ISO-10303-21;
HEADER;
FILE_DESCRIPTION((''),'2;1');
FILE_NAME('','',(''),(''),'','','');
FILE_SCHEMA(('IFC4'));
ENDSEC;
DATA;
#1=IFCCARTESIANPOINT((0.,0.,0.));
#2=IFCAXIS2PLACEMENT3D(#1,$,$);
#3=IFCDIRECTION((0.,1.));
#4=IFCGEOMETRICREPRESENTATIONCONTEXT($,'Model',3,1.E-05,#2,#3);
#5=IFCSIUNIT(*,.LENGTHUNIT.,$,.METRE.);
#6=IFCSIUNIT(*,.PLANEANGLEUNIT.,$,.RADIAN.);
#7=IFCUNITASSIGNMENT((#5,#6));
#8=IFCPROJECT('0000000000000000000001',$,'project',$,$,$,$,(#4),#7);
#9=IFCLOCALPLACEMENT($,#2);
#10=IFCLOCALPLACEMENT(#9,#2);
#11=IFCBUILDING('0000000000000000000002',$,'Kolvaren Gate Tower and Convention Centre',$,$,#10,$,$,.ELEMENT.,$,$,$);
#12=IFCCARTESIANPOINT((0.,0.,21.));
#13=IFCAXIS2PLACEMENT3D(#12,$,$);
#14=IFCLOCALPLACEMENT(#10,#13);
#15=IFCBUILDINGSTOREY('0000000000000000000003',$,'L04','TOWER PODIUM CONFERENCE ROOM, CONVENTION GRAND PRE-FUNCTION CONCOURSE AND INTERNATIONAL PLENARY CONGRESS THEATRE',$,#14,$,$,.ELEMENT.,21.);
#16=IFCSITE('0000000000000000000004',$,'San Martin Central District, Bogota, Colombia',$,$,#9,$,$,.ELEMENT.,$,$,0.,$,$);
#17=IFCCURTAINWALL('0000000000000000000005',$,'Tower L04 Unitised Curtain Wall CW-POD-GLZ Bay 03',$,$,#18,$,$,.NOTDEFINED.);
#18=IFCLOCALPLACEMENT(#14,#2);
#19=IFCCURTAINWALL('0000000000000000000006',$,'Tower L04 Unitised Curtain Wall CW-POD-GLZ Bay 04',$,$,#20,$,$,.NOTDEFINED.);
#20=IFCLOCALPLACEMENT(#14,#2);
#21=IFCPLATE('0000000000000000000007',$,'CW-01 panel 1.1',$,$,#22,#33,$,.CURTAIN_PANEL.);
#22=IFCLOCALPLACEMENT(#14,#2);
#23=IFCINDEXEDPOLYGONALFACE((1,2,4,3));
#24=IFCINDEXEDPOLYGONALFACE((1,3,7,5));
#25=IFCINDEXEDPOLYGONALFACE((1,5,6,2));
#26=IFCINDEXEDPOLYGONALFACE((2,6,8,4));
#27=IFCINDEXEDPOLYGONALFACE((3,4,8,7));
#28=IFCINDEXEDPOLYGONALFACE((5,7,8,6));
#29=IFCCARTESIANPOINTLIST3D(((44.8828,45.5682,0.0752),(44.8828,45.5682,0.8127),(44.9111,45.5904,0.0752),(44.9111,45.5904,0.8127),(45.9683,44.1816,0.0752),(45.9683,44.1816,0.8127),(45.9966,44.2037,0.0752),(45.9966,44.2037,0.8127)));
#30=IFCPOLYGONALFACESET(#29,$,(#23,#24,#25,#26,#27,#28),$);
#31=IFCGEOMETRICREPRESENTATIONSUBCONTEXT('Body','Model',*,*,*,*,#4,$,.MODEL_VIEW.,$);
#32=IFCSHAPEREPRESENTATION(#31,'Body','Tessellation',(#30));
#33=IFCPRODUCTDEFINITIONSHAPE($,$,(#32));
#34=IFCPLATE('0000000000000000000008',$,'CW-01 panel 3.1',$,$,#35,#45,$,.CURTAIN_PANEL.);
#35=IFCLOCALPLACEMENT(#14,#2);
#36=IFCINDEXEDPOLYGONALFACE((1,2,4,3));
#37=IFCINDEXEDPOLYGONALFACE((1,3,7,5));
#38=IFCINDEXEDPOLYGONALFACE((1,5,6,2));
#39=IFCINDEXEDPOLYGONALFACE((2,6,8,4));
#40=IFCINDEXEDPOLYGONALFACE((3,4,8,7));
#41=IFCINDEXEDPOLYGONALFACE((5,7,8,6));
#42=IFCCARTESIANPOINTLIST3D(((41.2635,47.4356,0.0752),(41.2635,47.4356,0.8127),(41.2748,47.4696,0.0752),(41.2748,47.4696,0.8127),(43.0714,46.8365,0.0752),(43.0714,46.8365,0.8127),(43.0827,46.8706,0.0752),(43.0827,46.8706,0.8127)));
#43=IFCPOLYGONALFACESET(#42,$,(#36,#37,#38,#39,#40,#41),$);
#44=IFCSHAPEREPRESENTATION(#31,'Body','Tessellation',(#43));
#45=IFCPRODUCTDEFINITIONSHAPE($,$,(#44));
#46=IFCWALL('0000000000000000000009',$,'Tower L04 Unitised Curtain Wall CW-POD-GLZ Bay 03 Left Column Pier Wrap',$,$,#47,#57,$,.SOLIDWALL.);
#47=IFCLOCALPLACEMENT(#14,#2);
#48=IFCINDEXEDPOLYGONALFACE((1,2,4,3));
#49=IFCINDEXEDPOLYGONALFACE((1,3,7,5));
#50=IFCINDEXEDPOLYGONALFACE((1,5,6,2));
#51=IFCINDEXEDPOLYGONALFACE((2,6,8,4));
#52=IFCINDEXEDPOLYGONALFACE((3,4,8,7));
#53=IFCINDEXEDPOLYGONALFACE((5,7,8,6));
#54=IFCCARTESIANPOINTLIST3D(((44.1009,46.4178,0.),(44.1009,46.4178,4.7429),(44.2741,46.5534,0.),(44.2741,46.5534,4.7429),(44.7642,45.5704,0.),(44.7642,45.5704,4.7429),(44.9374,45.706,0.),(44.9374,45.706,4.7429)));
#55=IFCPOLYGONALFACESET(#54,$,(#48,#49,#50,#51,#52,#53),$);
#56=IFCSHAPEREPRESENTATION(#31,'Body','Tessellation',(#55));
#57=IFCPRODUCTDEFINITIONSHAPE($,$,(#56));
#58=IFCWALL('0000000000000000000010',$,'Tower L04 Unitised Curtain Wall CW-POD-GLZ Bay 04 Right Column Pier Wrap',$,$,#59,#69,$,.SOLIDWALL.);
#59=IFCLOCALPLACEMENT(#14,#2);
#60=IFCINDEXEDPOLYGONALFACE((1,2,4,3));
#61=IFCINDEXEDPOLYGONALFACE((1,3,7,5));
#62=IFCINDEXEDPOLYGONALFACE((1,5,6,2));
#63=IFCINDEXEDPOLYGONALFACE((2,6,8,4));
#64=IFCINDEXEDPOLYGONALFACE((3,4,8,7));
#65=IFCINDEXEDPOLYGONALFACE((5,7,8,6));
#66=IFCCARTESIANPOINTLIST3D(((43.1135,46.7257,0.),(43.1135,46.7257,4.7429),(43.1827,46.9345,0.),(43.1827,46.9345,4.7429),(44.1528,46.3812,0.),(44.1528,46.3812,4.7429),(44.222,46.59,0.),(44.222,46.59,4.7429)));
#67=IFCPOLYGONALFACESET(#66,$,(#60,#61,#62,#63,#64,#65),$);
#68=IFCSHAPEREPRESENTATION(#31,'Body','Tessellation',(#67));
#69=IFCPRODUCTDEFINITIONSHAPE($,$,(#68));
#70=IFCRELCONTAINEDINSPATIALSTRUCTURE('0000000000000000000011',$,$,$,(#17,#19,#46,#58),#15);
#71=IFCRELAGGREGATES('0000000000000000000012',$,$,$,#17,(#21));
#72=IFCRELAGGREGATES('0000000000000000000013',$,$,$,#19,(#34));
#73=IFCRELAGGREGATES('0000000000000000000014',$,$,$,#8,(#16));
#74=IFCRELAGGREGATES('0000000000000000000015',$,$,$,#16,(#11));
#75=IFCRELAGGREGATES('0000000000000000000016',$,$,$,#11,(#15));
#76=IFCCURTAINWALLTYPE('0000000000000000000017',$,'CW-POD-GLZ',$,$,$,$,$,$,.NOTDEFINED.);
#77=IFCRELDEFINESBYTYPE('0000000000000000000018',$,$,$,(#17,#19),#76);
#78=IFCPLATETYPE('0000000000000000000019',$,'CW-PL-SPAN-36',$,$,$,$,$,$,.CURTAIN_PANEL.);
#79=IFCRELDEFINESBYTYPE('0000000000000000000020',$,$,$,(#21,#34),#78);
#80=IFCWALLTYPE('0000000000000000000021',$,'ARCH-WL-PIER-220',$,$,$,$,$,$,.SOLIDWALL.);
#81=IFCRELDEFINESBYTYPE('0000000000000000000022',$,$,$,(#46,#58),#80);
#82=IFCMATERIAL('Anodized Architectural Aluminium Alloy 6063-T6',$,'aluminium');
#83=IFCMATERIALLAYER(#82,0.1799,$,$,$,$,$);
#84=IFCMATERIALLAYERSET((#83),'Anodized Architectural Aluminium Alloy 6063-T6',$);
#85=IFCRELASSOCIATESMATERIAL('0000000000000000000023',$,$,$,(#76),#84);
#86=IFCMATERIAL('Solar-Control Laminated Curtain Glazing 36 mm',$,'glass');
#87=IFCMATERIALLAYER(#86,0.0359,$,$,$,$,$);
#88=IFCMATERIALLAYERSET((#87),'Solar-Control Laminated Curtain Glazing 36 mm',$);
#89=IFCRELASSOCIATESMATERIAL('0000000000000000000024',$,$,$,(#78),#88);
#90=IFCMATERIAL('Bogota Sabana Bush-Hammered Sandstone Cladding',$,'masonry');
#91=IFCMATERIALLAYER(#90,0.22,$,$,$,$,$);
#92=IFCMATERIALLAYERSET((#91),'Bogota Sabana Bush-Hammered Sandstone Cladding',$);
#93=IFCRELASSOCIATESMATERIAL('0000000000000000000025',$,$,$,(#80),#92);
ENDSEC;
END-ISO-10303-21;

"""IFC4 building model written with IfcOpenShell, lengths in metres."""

from ifc_helpers import new_model, si_unit, direction, frame, frame_2d, origin, origin_2d, place, context, subcontext, project, spatial, rectangle, extrude, material, layer, layer_set, type_object, element, aggregate, save


model = new_model("IFC4")

# Units and contexts
model_context = context("Model", 3, precision=1e-05, world=origin(), true_north=direction((0.0, 1.0)))
body_context = subcontext(model_context, "Body", "Model", "MODEL_VIEW")
ifc_project = project(units=[si_unit("LENGTHUNIT", "METRE"), si_unit("PLANEANGLEUNIT", "RADIAN")], contexts=[model_context])

# Site, building, storey
site_placement = place(None, origin())
site = spatial("IfcSite", under=ifc_project, at=site_placement, Name="San Martin Central District, Bogota, Colombia", CompositionType="ELEMENT", RefElevation=0.0)
building_placement = place(site_placement, origin())
building = spatial("IfcBuilding", under=site, at=building_placement, Name="Kolvaren Gate Tower and Convention Centre", CompositionType="ELEMENT")
storey_placement = place(building_placement, frame((0.0, 0.0, 21.0)))
storey = spatial("IfcBuildingStorey", under=building, at=storey_placement, Name="L04", Description="TOWER PODIUM CONFERENCE ROOM, CONVENTION GRAND PRE-FUNCTION CONCOURSE AND INTERNATIONAL PLENARY CONGRESS THEATRE", CompositionType="ELEMENT", Elevation=21.0)

# Curtain wall
ifc_material_1 = material(Name="Anodized Architectural Aluminium Alloy 6063-T6", Category="aluminium")
ifc_layer_1 = layer(ifc_material_1, 0.1799)
ifc_layer_set_1 = layer_set([ifc_layer_1], Name="Anodized Architectural Aluminium Alloy 6063-T6")
curtain_wall_type = type_object("IfcCurtainWallType", Name="CW-POD-GLZ", PredefinedType="NOTDEFINED", material=ifc_layer_set_1)
curtain_wall_1_placement = place(storey_placement, origin())
curtain_wall_1 = element("IfcCurtainWall", 1, at=curtain_wall_1_placement, inside=storey, type_object=curtain_wall_type, Name="Tower L04 Unitised Curtain Wall CW-POD-GLZ Bay 03", PredefinedType="NOTDEFINED")

# Curtain wall
curtain_wall_2_placement = place(storey_placement, origin())
curtain_wall_2 = element("IfcCurtainWall", 2, at=curtain_wall_2_placement, inside=storey, type_object=curtain_wall_type, Name="Tower L04 Unitised Curtain Wall CW-POD-GLZ Bay 04", PredefinedType="NOTDEFINED")

# Plates
ifc_material_2 = material(Name="Solar-Control Laminated Curtain Glazing 36 mm", Category="glass")
ifc_layer_2 = layer(ifc_material_2, 0.0359)
ifc_layer_set_2 = layer_set([ifc_layer_2], Name="Solar-Control Laminated Curtain Glazing 36 mm")
plate_type_1 = type_object("IfcPlateType", Name="CW-PL-SPAN-36", PredefinedType="CURTAIN_PANEL", material=ifc_layer_set_2)
plate_1_placement = place(storey_placement, frame((45.4397, 44.886, 0.0752), z_axis=(0.0, 0.0, 1.0), x_axis=(0.616426, -0.787413, 0.0)))
plate_1 = element("IfcPlate", 3, at=plate_1_placement, type_object=plate_type_1, Name="CW-01 panel 1.1", PredefinedType="CURTAIN_PANEL", context=body_context, shape_type="SweptSolid", body=[
    extrude(rectangle(XDim=1.761, YDim=0.0359, at=origin_2d()), origin(), (0.0, 0.0, 1.0), 0.7375),
])
aggregate(curtain_wall_1, [plate_1])
plate_2_placement = place(storey_placement, frame((42.1731, 47.1531, 0.0752), z_axis=(0.0, 0.0, 1.0), x_axis=(0.949244, -0.314542, 0.0)))
plate_2 = element("IfcPlate", 4, at=plate_2_placement, type_object=plate_type_1, Name="CW-01 panel 3.1", PredefinedType="CURTAIN_PANEL", context=body_context, shape_type="SweptSolid", body=[
    extrude(rectangle(XDim=1.9045, YDim=0.0359, at=origin_2d()), origin(), (0.0, 0.0, 1.0), 0.7375),
])
aggregate(curtain_wall_2, [plate_2])

# Walls
ifc_material_3 = material(Name="Bogota Sabana Bush-Hammered Sandstone Cladding", Category="masonry")
ifc_layer_3 = layer(ifc_material_3, 0.22)
ifc_layer_set_3 = layer_set([ifc_layer_3], Name="Bogota Sabana Bush-Hammered Sandstone Cladding")
wall_type = type_object("IfcWallType", Name="ARCH-WL-PIER-220", PredefinedType="SOLIDWALL", material=ifc_layer_set_3)
wall_1_placement = place(storey_placement, frame((44.1875, 46.4856, 0.0), z_axis=(0.0, 0.0, 1.0), x_axis=(0.616388, -0.787443, 0.0)))
element("IfcWall", 5, at=wall_1_placement, inside=storey, type_object=wall_type, Name="Tower L04 Unitised Curtain Wall CW-POD-GLZ Bay 03 Left Column Pier Wrap", PredefinedType="SOLIDWALL", context=body_context, shape_type="SweptSolid", body=[
    extrude(rectangle(XDim=1.0762, YDim=0.22, at=frame_2d((0.5381, 0.0))), origin(), (0.0, 0.0, 1.0), 4.7429),
])
wall_2_placement = place(storey_placement, frame((43.1482, 46.8301, 0.0), z_axis=(0.0, 0.0, 1.0), x_axis=(0.949217, -0.314622, 0.0)))
element("IfcWall", 6, at=wall_2_placement, inside=storey, type_object=wall_type, Name="Tower L04 Unitised Curtain Wall CW-POD-GLZ Bay 04 Right Column Pier Wrap", PredefinedType="SOLIDWALL", context=body_context, shape_type="SweptSolid", body=[
    extrude(rectangle(XDim=1.095, YDim=0.22, at=frame_2d((0.5474, 0.0))), origin(), (0.0, 0.0, 1.0), 4.7429),
])

save(model, "model.ifc")
